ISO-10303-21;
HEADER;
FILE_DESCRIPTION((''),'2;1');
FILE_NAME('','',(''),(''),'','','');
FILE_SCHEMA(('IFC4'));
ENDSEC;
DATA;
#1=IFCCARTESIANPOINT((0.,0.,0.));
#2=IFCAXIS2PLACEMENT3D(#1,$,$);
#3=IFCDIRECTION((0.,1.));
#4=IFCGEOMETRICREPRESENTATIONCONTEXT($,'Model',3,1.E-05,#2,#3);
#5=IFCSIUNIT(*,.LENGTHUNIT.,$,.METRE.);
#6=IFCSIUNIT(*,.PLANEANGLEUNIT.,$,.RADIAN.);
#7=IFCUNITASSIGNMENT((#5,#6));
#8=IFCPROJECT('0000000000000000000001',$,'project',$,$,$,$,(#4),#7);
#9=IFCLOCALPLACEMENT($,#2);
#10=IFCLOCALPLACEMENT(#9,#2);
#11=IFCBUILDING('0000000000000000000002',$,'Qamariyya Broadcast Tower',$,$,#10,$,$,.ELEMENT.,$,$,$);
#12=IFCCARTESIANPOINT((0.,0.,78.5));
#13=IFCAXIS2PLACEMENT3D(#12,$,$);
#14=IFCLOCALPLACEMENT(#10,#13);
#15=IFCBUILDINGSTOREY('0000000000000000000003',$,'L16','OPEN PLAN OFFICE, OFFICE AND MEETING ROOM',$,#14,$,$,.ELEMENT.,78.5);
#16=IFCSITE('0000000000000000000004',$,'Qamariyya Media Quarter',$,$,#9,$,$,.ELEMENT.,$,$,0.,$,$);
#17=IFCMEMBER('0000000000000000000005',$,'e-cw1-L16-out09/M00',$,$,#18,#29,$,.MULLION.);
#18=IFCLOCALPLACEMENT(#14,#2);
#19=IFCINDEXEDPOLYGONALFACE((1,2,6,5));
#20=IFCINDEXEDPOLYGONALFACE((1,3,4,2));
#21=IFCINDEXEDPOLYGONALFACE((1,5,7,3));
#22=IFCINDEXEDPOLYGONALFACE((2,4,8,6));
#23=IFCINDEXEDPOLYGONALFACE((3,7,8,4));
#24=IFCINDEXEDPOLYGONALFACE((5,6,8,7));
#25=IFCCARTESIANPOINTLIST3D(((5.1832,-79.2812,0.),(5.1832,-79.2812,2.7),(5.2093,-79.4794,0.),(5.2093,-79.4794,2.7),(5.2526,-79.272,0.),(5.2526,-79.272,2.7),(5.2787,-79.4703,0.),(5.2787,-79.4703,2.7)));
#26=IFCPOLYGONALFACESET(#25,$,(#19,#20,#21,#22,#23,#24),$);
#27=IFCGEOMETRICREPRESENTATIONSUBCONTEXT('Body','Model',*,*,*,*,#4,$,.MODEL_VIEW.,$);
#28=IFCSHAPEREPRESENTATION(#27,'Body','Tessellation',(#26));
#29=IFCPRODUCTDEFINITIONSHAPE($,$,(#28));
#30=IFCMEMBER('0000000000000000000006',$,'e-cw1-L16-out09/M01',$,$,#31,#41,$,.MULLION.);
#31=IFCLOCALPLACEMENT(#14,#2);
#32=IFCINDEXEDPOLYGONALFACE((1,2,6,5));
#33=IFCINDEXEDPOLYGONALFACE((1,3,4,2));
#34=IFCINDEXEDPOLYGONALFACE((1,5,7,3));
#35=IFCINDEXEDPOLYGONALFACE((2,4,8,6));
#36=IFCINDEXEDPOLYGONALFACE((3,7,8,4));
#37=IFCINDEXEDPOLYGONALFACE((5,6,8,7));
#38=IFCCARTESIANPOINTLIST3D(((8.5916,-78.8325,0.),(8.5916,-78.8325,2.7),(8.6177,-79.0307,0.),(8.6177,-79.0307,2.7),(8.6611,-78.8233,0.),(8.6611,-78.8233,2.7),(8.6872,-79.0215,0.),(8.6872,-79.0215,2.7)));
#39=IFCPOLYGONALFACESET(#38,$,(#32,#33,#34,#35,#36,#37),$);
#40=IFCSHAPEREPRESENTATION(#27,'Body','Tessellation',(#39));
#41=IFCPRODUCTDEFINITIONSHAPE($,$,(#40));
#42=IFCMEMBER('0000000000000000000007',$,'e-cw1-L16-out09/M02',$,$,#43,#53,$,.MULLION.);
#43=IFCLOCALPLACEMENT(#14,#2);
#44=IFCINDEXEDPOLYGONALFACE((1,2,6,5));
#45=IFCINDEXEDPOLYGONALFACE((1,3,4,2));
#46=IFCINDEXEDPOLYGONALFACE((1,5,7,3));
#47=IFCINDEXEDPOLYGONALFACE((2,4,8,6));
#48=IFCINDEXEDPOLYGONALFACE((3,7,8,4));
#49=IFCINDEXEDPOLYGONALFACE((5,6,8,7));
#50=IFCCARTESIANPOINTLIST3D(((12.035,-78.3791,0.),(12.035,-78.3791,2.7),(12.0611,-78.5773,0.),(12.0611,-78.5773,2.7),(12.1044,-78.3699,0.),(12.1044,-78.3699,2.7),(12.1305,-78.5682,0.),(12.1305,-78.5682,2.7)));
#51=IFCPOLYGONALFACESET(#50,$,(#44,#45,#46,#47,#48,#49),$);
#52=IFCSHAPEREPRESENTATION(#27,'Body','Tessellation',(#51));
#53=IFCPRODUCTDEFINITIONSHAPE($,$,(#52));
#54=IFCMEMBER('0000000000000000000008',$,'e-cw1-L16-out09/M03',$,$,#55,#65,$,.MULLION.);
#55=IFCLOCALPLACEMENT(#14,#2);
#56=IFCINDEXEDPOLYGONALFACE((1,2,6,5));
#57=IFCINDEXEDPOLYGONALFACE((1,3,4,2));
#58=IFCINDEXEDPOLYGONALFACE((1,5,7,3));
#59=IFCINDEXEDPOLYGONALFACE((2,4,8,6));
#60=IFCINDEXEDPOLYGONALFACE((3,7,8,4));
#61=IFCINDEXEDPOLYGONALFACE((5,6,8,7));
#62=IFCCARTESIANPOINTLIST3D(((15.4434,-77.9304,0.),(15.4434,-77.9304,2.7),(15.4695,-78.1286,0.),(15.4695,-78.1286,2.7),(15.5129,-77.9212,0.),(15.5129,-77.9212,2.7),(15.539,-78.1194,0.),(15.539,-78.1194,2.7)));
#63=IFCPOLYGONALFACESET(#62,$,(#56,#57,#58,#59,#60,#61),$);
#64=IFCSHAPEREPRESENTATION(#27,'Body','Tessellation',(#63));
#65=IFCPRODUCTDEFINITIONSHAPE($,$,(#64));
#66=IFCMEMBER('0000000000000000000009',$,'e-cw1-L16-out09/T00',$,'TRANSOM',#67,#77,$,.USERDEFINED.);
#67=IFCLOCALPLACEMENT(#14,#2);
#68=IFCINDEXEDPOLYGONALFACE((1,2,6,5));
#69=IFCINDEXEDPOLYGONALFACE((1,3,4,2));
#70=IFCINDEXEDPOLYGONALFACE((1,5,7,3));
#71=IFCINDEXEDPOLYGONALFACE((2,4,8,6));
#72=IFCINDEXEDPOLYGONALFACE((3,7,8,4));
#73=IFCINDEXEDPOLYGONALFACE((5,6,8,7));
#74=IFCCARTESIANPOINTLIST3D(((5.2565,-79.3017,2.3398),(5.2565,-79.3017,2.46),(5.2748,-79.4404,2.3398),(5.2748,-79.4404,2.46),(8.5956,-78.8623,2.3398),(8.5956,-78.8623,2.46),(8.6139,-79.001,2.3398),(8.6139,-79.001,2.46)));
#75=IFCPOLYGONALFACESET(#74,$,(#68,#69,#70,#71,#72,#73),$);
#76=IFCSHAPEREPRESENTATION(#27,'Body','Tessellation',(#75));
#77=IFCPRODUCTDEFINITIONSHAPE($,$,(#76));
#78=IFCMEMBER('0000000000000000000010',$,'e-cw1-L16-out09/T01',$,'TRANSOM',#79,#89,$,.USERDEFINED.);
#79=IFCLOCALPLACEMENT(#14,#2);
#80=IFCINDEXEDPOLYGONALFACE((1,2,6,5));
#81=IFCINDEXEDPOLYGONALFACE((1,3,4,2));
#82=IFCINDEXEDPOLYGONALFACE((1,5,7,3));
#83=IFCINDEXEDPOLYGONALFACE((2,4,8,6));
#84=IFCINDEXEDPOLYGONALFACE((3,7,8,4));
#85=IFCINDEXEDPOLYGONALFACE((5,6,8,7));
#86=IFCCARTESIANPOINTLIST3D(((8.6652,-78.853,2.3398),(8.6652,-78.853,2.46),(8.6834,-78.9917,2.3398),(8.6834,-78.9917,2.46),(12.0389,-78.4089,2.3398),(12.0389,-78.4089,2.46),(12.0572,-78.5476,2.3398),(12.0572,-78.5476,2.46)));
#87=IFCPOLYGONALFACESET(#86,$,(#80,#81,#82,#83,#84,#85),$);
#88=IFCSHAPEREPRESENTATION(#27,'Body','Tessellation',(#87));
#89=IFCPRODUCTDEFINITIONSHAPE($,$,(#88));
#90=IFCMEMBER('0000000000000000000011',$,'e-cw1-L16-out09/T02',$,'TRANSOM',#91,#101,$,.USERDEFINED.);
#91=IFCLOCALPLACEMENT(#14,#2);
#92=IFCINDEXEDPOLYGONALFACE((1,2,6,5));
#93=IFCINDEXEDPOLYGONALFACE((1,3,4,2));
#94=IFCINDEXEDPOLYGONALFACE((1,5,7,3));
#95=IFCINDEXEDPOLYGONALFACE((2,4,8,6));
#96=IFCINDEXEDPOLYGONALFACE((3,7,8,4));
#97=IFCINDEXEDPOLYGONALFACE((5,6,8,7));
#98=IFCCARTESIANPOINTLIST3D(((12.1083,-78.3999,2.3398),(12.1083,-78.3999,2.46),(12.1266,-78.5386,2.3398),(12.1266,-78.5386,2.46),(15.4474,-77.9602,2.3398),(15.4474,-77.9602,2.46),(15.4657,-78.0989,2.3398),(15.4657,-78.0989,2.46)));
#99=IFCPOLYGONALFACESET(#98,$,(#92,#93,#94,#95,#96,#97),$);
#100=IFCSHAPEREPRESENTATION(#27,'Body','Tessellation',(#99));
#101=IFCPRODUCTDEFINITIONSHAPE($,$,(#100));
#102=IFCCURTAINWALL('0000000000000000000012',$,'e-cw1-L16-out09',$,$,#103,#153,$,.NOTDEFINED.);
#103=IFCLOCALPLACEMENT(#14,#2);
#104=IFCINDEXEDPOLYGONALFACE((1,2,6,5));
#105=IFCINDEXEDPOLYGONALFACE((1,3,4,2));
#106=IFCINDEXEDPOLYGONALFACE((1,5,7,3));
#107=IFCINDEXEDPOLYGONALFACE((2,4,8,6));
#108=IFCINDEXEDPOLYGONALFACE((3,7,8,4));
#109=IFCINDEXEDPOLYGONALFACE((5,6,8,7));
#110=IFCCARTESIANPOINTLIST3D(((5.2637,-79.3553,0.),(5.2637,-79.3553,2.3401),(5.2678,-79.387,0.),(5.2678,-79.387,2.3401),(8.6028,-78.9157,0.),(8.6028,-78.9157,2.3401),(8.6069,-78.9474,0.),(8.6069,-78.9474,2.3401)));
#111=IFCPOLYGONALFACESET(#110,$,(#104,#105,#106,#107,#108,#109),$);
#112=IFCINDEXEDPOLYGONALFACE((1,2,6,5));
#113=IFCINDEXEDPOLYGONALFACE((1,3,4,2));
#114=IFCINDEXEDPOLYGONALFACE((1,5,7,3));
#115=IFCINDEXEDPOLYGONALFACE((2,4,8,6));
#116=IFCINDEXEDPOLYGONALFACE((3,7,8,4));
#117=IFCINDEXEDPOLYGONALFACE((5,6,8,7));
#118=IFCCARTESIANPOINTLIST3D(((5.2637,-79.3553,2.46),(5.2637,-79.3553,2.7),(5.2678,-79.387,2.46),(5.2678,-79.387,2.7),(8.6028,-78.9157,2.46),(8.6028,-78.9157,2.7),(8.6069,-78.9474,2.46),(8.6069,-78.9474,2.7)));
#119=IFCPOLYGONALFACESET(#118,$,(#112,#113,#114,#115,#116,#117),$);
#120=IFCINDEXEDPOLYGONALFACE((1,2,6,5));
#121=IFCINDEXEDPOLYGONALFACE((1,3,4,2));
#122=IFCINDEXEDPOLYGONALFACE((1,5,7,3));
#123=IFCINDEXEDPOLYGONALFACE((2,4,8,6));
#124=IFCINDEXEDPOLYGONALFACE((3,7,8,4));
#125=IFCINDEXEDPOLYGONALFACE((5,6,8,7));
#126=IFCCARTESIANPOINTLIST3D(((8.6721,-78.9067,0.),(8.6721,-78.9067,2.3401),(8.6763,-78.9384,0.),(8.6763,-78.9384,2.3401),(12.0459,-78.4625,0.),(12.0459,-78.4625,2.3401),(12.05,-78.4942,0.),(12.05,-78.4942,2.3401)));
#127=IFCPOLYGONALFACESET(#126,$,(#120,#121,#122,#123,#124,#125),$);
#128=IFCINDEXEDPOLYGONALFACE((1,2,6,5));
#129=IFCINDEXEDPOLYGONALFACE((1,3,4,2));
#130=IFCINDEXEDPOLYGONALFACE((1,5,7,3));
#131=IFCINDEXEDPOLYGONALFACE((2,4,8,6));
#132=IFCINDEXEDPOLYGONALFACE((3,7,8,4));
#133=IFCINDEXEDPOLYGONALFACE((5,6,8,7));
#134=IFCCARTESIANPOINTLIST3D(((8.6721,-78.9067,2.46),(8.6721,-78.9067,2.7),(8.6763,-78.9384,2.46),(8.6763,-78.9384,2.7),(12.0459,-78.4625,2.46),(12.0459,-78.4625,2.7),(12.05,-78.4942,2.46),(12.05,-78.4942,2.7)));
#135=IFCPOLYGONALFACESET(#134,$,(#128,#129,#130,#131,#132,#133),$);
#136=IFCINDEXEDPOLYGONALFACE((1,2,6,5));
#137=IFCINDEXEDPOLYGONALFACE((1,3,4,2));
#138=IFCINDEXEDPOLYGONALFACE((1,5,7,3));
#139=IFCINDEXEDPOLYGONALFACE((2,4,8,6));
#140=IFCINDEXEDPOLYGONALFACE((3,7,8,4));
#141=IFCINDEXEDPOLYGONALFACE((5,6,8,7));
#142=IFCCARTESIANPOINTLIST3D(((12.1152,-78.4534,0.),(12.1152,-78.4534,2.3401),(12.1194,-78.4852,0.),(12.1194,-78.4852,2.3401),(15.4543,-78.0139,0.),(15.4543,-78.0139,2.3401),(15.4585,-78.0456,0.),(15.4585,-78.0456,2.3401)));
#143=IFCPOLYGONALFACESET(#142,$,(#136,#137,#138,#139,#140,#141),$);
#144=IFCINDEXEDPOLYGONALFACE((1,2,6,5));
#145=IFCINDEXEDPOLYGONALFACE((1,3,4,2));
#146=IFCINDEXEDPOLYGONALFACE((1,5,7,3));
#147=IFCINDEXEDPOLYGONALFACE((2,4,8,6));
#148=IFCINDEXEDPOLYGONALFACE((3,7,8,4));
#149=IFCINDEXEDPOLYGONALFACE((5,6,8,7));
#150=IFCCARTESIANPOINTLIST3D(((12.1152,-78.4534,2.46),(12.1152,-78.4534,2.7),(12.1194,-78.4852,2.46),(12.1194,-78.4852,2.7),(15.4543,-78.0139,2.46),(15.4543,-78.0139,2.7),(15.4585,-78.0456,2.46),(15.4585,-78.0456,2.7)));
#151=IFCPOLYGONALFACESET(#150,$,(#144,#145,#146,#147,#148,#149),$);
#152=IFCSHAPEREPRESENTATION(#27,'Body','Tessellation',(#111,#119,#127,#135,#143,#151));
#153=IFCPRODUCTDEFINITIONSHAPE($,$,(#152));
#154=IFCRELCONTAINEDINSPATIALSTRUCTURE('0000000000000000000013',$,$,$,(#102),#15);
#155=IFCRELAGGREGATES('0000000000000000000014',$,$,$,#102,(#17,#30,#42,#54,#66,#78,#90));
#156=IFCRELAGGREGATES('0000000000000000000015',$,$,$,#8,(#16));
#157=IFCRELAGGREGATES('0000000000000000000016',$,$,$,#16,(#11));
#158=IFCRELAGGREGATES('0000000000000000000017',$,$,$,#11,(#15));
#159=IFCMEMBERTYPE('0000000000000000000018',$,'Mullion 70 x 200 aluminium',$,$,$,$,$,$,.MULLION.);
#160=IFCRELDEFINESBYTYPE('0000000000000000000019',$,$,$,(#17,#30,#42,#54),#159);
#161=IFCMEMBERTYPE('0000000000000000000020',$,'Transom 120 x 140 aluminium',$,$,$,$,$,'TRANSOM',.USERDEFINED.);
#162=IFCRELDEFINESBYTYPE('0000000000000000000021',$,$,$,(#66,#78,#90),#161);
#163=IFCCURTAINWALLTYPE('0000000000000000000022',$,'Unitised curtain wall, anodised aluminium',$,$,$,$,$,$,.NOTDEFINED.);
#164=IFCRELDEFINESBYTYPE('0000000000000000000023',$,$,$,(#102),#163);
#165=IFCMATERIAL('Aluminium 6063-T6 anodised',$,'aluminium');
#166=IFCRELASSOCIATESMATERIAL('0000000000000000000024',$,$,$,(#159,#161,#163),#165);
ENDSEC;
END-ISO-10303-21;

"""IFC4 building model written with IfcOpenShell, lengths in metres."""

from ifc_helpers import new_model, si_unit, direction, frame, origin, origin_2d, place, context, subcontext, project, spatial, rectangle, extrude, material, material_profile, profile_set, type_object, element, aggregate, save


model = new_model("IFC4")

# Units and contexts
model_context = context("Model", 3, precision=1e-05, world=origin(), true_north=direction((0.0, 1.0)))
body_context = subcontext(model_context, "Body", "Model", "MODEL_VIEW")
ifc_project = project(units=[si_unit("LENGTHUNIT", "METRE"), si_unit("PLANEANGLEUNIT", "RADIAN")], contexts=[model_context])

# Site, building, storey
site_placement = place(None, origin())
site = spatial("IfcSite", under=ifc_project, at=site_placement, Name="Qamariyya Media Quarter", CompositionType="ELEMENT", RefElevation=0.0)
building_placement = place(site_placement, origin())
building = spatial("IfcBuilding", under=site, at=building_placement, Name="Qamariyya Broadcast Tower", CompositionType="ELEMENT")
storey_placement = place(building_placement, frame((0.0, 0.0, 78.5)))
storey = spatial("IfcBuildingStorey", under=building, at=storey_placement, Name="L16", Description="OPEN PLAN OFFICE, OFFICE AND MEETING ROOM", CompositionType="ELEMENT", Elevation=78.5)

# Members
ifc_material_1 = material(Name="Aluminium 6063-T6 anodised", Category="aluminium")
ifc_material_profile_1 = material_profile(ifc_material_1, rectangle(XDim=0.2, YDim=0.0701, at=origin_2d()))
ifc_profile_set_1 = profile_set([ifc_material_profile_1], Name="Aluminium 6063-T6 anodised")
member_type_1 = type_object("IfcMemberType", Name="Mullion 70 x 200 aluminium", PredefinedType="MULLION", material=ifc_profile_set_1)
member_1_placement = place(storey_placement, frame((5.231, -79.3757, 0.0), z_axis=(0.0, 0.0, 1.0), x_axis=(-0.130526, 0.991445, 0.0)))
member_1 = element("IfcMember", 1, at=member_1_placement, type_object=member_type_1, Name="e-cw1-L16-out09/M00", PredefinedType="MULLION", context=body_context, shape_type="SweptSolid", body=[
    extrude(rectangle(XDim=0.2, YDim=0.0701, at=origin_2d()), origin(), (0.0, 0.0, 1.0), 2.7),
])
member_2_placement = place(storey_placement, frame((8.6394, -78.927, 0.0), z_axis=(0.0, 0.0, 1.0), x_axis=(-0.130526, 0.991445, 0.0)))
member_2 = element("IfcMember", 2, at=member_2_placement, type_object=member_type_1, Name="e-cw1-L16-out09/M01", PredefinedType="MULLION", context=body_context, shape_type="SweptSolid", body=[
    extrude(rectangle(XDim=0.2, YDim=0.0701, at=origin_2d()), origin(), (0.0, 0.0, 1.0), 2.7),
])
member_3_placement = place(storey_placement, frame((12.0828, -78.4736, 0.0), z_axis=(0.0, 0.0, 1.0), x_axis=(-0.130526, 0.991445, 0.0)))
member_3 = element("IfcMember", 3, at=member_3_placement, type_object=member_type_1, Name="e-cw1-L16-out09/M02", PredefinedType="MULLION", context=body_context, shape_type="SweptSolid", body=[
    extrude(rectangle(XDim=0.2, YDim=0.0701, at=origin_2d()), origin(), (0.0, 0.0, 1.0), 2.7),
])
member_4_placement = place(storey_placement, frame((15.4912, -78.0249, 0.0), z_axis=(0.0, 0.0, 1.0), x_axis=(-0.130526, 0.991445, 0.0)))
member_4 = element("IfcMember", 4, at=member_4_placement, type_object=member_type_1, Name="e-cw1-L16-out09/M03", PredefinedType="MULLION", context=body_context, shape_type="SweptSolid", body=[
    extrude(rectangle(XDim=0.2, YDim=0.0701, at=origin_2d()), origin(), (0.0, 0.0, 1.0), 2.7),
])

# Members
ifc_material_profile_2 = material_profile(ifc_material_1, rectangle(XDim=0.1399, YDim=0.1201, at=origin_2d()))
ifc_profile_set_2 = profile_set([ifc_material_profile_2], Name="Aluminium 6063-T6 anodised")
member_type_2 = type_object("IfcMemberType", Name="Transom 120 x 140 aluminium", ElementType="TRANSOM", PredefinedType="USERDEFINED", material=ifc_profile_set_2)
member_5_placement = place(storey_placement, frame((5.2656, -79.3711, 2.3999), z_axis=(0.991451, 0.130483, 0.0), x_axis=(-0.130483, 0.991451, 0.0)))
member_5 = element("IfcMember", 5, at=member_5_placement, type_object=member_type_2, Name="e-cw1-L16-out09/T00", ObjectType="TRANSOM", PredefinedType="USERDEFINED", context=body_context, shape_type="SweptSolid", body=[
    extrude(rectangle(XDim=0.1399, YDim=0.1201, at=origin_2d()), origin(), (0.0, 0.0, 1.0), 3.3679),
])
member_6_placement = place(storey_placement, frame((8.6743, -78.9224, 2.3999), z_axis=(0.991448, 0.130505, 0.0), x_axis=(-0.130505, 0.991448, 0.0)))
member_6 = element("IfcMember", 6, at=member_6_placement, type_object=member_type_2, Name="e-cw1-L16-out09/T01", ObjectType="TRANSOM", PredefinedType="USERDEFINED", context=body_context, shape_type="SweptSolid", body=[
    extrude(rectangle(XDim=0.1399, YDim=0.1201, at=origin_2d()), origin(), (0.0, 0.0, 1.0), 3.4028),
])
member_7_placement = place(storey_placement, frame((12.1174, -78.4692, 2.3999), z_axis=(0.991441, 0.130554, 0.0), x_axis=(-0.130554, 0.991441, 0.0)))
member_7 = element("IfcMember", 7, at=member_7_placement, type_object=member_type_2, Name="e-cw1-L16-out09/T02", ObjectType="TRANSOM", PredefinedType="USERDEFINED", context=body_context, shape_type="SweptSolid", body=[
    extrude(rectangle(XDim=0.1399, YDim=0.1201, at=origin_2d()), origin(), (0.0, 0.0, 1.0), 3.3679),
])

# Curtain wall
curtain_wall_type = type_object("IfcCurtainWallType", Name="Unitised curtain wall, anodised aluminium", PredefinedType="NOTDEFINED", material=ifc_material_1)
curtain_wall_1_placement = place(storey_placement, origin())
curtain_wall_1 = element("IfcCurtainWall", 8, at=curtain_wall_1_placement, inside=storey, type_object=curtain_wall_type, Name="e-cw1-L16-out09", PredefinedType="NOTDEFINED", context=body_context, shape_type="SweptSolid", body=[
    extrude(rectangle(XDim=3.3679, YDim=0.032, at=origin_2d()), frame((6.9353, -79.1514, 0.0), x_axis=(0.991446, 0.130521, 0.0)), (0.0, 0.0, 1.0), 2.3401),
    extrude(rectangle(XDim=3.3679, YDim=0.032, at=origin_2d()), frame((6.9353, -79.1514, 2.46), x_axis=(0.991446, 0.130521, 0.0)), (0.0, 0.0, 1.0), 0.24),
    extrude(rectangle(XDim=3.4028, YDim=0.032, at=origin_2d()), frame((10.3611, -78.7004, 0.0), x_axis=(0.991446, 0.130521, 0.0)), (0.0, 0.0, 1.0), 2.3401),
    extrude(rectangle(XDim=3.4028, YDim=0.032, at=origin_2d()), frame((10.3611, -78.7004, 2.46), x_axis=(0.991446, 0.130521, 0.0)), (0.0, 0.0, 1.0), 0.24),
    extrude(rectangle(XDim=3.3679, YDim=0.032, at=origin_2d()), frame((13.7869, -78.2495, 0.0), x_axis=(0.991446, 0.130521, 0.0)), (0.0, 0.0, 1.0), 2.3401),
    extrude(rectangle(XDim=3.3679, YDim=0.032, at=origin_2d()), frame((13.7869, -78.2495, 2.46), x_axis=(0.991446, 0.130521, 0.0)), (0.0, 0.0, 1.0), 0.24),
])
aggregate(curtain_wall_1, [member_1, member_2, member_3, member_4, member_5, member_6, member_7])

save(model, "model.ifc")
